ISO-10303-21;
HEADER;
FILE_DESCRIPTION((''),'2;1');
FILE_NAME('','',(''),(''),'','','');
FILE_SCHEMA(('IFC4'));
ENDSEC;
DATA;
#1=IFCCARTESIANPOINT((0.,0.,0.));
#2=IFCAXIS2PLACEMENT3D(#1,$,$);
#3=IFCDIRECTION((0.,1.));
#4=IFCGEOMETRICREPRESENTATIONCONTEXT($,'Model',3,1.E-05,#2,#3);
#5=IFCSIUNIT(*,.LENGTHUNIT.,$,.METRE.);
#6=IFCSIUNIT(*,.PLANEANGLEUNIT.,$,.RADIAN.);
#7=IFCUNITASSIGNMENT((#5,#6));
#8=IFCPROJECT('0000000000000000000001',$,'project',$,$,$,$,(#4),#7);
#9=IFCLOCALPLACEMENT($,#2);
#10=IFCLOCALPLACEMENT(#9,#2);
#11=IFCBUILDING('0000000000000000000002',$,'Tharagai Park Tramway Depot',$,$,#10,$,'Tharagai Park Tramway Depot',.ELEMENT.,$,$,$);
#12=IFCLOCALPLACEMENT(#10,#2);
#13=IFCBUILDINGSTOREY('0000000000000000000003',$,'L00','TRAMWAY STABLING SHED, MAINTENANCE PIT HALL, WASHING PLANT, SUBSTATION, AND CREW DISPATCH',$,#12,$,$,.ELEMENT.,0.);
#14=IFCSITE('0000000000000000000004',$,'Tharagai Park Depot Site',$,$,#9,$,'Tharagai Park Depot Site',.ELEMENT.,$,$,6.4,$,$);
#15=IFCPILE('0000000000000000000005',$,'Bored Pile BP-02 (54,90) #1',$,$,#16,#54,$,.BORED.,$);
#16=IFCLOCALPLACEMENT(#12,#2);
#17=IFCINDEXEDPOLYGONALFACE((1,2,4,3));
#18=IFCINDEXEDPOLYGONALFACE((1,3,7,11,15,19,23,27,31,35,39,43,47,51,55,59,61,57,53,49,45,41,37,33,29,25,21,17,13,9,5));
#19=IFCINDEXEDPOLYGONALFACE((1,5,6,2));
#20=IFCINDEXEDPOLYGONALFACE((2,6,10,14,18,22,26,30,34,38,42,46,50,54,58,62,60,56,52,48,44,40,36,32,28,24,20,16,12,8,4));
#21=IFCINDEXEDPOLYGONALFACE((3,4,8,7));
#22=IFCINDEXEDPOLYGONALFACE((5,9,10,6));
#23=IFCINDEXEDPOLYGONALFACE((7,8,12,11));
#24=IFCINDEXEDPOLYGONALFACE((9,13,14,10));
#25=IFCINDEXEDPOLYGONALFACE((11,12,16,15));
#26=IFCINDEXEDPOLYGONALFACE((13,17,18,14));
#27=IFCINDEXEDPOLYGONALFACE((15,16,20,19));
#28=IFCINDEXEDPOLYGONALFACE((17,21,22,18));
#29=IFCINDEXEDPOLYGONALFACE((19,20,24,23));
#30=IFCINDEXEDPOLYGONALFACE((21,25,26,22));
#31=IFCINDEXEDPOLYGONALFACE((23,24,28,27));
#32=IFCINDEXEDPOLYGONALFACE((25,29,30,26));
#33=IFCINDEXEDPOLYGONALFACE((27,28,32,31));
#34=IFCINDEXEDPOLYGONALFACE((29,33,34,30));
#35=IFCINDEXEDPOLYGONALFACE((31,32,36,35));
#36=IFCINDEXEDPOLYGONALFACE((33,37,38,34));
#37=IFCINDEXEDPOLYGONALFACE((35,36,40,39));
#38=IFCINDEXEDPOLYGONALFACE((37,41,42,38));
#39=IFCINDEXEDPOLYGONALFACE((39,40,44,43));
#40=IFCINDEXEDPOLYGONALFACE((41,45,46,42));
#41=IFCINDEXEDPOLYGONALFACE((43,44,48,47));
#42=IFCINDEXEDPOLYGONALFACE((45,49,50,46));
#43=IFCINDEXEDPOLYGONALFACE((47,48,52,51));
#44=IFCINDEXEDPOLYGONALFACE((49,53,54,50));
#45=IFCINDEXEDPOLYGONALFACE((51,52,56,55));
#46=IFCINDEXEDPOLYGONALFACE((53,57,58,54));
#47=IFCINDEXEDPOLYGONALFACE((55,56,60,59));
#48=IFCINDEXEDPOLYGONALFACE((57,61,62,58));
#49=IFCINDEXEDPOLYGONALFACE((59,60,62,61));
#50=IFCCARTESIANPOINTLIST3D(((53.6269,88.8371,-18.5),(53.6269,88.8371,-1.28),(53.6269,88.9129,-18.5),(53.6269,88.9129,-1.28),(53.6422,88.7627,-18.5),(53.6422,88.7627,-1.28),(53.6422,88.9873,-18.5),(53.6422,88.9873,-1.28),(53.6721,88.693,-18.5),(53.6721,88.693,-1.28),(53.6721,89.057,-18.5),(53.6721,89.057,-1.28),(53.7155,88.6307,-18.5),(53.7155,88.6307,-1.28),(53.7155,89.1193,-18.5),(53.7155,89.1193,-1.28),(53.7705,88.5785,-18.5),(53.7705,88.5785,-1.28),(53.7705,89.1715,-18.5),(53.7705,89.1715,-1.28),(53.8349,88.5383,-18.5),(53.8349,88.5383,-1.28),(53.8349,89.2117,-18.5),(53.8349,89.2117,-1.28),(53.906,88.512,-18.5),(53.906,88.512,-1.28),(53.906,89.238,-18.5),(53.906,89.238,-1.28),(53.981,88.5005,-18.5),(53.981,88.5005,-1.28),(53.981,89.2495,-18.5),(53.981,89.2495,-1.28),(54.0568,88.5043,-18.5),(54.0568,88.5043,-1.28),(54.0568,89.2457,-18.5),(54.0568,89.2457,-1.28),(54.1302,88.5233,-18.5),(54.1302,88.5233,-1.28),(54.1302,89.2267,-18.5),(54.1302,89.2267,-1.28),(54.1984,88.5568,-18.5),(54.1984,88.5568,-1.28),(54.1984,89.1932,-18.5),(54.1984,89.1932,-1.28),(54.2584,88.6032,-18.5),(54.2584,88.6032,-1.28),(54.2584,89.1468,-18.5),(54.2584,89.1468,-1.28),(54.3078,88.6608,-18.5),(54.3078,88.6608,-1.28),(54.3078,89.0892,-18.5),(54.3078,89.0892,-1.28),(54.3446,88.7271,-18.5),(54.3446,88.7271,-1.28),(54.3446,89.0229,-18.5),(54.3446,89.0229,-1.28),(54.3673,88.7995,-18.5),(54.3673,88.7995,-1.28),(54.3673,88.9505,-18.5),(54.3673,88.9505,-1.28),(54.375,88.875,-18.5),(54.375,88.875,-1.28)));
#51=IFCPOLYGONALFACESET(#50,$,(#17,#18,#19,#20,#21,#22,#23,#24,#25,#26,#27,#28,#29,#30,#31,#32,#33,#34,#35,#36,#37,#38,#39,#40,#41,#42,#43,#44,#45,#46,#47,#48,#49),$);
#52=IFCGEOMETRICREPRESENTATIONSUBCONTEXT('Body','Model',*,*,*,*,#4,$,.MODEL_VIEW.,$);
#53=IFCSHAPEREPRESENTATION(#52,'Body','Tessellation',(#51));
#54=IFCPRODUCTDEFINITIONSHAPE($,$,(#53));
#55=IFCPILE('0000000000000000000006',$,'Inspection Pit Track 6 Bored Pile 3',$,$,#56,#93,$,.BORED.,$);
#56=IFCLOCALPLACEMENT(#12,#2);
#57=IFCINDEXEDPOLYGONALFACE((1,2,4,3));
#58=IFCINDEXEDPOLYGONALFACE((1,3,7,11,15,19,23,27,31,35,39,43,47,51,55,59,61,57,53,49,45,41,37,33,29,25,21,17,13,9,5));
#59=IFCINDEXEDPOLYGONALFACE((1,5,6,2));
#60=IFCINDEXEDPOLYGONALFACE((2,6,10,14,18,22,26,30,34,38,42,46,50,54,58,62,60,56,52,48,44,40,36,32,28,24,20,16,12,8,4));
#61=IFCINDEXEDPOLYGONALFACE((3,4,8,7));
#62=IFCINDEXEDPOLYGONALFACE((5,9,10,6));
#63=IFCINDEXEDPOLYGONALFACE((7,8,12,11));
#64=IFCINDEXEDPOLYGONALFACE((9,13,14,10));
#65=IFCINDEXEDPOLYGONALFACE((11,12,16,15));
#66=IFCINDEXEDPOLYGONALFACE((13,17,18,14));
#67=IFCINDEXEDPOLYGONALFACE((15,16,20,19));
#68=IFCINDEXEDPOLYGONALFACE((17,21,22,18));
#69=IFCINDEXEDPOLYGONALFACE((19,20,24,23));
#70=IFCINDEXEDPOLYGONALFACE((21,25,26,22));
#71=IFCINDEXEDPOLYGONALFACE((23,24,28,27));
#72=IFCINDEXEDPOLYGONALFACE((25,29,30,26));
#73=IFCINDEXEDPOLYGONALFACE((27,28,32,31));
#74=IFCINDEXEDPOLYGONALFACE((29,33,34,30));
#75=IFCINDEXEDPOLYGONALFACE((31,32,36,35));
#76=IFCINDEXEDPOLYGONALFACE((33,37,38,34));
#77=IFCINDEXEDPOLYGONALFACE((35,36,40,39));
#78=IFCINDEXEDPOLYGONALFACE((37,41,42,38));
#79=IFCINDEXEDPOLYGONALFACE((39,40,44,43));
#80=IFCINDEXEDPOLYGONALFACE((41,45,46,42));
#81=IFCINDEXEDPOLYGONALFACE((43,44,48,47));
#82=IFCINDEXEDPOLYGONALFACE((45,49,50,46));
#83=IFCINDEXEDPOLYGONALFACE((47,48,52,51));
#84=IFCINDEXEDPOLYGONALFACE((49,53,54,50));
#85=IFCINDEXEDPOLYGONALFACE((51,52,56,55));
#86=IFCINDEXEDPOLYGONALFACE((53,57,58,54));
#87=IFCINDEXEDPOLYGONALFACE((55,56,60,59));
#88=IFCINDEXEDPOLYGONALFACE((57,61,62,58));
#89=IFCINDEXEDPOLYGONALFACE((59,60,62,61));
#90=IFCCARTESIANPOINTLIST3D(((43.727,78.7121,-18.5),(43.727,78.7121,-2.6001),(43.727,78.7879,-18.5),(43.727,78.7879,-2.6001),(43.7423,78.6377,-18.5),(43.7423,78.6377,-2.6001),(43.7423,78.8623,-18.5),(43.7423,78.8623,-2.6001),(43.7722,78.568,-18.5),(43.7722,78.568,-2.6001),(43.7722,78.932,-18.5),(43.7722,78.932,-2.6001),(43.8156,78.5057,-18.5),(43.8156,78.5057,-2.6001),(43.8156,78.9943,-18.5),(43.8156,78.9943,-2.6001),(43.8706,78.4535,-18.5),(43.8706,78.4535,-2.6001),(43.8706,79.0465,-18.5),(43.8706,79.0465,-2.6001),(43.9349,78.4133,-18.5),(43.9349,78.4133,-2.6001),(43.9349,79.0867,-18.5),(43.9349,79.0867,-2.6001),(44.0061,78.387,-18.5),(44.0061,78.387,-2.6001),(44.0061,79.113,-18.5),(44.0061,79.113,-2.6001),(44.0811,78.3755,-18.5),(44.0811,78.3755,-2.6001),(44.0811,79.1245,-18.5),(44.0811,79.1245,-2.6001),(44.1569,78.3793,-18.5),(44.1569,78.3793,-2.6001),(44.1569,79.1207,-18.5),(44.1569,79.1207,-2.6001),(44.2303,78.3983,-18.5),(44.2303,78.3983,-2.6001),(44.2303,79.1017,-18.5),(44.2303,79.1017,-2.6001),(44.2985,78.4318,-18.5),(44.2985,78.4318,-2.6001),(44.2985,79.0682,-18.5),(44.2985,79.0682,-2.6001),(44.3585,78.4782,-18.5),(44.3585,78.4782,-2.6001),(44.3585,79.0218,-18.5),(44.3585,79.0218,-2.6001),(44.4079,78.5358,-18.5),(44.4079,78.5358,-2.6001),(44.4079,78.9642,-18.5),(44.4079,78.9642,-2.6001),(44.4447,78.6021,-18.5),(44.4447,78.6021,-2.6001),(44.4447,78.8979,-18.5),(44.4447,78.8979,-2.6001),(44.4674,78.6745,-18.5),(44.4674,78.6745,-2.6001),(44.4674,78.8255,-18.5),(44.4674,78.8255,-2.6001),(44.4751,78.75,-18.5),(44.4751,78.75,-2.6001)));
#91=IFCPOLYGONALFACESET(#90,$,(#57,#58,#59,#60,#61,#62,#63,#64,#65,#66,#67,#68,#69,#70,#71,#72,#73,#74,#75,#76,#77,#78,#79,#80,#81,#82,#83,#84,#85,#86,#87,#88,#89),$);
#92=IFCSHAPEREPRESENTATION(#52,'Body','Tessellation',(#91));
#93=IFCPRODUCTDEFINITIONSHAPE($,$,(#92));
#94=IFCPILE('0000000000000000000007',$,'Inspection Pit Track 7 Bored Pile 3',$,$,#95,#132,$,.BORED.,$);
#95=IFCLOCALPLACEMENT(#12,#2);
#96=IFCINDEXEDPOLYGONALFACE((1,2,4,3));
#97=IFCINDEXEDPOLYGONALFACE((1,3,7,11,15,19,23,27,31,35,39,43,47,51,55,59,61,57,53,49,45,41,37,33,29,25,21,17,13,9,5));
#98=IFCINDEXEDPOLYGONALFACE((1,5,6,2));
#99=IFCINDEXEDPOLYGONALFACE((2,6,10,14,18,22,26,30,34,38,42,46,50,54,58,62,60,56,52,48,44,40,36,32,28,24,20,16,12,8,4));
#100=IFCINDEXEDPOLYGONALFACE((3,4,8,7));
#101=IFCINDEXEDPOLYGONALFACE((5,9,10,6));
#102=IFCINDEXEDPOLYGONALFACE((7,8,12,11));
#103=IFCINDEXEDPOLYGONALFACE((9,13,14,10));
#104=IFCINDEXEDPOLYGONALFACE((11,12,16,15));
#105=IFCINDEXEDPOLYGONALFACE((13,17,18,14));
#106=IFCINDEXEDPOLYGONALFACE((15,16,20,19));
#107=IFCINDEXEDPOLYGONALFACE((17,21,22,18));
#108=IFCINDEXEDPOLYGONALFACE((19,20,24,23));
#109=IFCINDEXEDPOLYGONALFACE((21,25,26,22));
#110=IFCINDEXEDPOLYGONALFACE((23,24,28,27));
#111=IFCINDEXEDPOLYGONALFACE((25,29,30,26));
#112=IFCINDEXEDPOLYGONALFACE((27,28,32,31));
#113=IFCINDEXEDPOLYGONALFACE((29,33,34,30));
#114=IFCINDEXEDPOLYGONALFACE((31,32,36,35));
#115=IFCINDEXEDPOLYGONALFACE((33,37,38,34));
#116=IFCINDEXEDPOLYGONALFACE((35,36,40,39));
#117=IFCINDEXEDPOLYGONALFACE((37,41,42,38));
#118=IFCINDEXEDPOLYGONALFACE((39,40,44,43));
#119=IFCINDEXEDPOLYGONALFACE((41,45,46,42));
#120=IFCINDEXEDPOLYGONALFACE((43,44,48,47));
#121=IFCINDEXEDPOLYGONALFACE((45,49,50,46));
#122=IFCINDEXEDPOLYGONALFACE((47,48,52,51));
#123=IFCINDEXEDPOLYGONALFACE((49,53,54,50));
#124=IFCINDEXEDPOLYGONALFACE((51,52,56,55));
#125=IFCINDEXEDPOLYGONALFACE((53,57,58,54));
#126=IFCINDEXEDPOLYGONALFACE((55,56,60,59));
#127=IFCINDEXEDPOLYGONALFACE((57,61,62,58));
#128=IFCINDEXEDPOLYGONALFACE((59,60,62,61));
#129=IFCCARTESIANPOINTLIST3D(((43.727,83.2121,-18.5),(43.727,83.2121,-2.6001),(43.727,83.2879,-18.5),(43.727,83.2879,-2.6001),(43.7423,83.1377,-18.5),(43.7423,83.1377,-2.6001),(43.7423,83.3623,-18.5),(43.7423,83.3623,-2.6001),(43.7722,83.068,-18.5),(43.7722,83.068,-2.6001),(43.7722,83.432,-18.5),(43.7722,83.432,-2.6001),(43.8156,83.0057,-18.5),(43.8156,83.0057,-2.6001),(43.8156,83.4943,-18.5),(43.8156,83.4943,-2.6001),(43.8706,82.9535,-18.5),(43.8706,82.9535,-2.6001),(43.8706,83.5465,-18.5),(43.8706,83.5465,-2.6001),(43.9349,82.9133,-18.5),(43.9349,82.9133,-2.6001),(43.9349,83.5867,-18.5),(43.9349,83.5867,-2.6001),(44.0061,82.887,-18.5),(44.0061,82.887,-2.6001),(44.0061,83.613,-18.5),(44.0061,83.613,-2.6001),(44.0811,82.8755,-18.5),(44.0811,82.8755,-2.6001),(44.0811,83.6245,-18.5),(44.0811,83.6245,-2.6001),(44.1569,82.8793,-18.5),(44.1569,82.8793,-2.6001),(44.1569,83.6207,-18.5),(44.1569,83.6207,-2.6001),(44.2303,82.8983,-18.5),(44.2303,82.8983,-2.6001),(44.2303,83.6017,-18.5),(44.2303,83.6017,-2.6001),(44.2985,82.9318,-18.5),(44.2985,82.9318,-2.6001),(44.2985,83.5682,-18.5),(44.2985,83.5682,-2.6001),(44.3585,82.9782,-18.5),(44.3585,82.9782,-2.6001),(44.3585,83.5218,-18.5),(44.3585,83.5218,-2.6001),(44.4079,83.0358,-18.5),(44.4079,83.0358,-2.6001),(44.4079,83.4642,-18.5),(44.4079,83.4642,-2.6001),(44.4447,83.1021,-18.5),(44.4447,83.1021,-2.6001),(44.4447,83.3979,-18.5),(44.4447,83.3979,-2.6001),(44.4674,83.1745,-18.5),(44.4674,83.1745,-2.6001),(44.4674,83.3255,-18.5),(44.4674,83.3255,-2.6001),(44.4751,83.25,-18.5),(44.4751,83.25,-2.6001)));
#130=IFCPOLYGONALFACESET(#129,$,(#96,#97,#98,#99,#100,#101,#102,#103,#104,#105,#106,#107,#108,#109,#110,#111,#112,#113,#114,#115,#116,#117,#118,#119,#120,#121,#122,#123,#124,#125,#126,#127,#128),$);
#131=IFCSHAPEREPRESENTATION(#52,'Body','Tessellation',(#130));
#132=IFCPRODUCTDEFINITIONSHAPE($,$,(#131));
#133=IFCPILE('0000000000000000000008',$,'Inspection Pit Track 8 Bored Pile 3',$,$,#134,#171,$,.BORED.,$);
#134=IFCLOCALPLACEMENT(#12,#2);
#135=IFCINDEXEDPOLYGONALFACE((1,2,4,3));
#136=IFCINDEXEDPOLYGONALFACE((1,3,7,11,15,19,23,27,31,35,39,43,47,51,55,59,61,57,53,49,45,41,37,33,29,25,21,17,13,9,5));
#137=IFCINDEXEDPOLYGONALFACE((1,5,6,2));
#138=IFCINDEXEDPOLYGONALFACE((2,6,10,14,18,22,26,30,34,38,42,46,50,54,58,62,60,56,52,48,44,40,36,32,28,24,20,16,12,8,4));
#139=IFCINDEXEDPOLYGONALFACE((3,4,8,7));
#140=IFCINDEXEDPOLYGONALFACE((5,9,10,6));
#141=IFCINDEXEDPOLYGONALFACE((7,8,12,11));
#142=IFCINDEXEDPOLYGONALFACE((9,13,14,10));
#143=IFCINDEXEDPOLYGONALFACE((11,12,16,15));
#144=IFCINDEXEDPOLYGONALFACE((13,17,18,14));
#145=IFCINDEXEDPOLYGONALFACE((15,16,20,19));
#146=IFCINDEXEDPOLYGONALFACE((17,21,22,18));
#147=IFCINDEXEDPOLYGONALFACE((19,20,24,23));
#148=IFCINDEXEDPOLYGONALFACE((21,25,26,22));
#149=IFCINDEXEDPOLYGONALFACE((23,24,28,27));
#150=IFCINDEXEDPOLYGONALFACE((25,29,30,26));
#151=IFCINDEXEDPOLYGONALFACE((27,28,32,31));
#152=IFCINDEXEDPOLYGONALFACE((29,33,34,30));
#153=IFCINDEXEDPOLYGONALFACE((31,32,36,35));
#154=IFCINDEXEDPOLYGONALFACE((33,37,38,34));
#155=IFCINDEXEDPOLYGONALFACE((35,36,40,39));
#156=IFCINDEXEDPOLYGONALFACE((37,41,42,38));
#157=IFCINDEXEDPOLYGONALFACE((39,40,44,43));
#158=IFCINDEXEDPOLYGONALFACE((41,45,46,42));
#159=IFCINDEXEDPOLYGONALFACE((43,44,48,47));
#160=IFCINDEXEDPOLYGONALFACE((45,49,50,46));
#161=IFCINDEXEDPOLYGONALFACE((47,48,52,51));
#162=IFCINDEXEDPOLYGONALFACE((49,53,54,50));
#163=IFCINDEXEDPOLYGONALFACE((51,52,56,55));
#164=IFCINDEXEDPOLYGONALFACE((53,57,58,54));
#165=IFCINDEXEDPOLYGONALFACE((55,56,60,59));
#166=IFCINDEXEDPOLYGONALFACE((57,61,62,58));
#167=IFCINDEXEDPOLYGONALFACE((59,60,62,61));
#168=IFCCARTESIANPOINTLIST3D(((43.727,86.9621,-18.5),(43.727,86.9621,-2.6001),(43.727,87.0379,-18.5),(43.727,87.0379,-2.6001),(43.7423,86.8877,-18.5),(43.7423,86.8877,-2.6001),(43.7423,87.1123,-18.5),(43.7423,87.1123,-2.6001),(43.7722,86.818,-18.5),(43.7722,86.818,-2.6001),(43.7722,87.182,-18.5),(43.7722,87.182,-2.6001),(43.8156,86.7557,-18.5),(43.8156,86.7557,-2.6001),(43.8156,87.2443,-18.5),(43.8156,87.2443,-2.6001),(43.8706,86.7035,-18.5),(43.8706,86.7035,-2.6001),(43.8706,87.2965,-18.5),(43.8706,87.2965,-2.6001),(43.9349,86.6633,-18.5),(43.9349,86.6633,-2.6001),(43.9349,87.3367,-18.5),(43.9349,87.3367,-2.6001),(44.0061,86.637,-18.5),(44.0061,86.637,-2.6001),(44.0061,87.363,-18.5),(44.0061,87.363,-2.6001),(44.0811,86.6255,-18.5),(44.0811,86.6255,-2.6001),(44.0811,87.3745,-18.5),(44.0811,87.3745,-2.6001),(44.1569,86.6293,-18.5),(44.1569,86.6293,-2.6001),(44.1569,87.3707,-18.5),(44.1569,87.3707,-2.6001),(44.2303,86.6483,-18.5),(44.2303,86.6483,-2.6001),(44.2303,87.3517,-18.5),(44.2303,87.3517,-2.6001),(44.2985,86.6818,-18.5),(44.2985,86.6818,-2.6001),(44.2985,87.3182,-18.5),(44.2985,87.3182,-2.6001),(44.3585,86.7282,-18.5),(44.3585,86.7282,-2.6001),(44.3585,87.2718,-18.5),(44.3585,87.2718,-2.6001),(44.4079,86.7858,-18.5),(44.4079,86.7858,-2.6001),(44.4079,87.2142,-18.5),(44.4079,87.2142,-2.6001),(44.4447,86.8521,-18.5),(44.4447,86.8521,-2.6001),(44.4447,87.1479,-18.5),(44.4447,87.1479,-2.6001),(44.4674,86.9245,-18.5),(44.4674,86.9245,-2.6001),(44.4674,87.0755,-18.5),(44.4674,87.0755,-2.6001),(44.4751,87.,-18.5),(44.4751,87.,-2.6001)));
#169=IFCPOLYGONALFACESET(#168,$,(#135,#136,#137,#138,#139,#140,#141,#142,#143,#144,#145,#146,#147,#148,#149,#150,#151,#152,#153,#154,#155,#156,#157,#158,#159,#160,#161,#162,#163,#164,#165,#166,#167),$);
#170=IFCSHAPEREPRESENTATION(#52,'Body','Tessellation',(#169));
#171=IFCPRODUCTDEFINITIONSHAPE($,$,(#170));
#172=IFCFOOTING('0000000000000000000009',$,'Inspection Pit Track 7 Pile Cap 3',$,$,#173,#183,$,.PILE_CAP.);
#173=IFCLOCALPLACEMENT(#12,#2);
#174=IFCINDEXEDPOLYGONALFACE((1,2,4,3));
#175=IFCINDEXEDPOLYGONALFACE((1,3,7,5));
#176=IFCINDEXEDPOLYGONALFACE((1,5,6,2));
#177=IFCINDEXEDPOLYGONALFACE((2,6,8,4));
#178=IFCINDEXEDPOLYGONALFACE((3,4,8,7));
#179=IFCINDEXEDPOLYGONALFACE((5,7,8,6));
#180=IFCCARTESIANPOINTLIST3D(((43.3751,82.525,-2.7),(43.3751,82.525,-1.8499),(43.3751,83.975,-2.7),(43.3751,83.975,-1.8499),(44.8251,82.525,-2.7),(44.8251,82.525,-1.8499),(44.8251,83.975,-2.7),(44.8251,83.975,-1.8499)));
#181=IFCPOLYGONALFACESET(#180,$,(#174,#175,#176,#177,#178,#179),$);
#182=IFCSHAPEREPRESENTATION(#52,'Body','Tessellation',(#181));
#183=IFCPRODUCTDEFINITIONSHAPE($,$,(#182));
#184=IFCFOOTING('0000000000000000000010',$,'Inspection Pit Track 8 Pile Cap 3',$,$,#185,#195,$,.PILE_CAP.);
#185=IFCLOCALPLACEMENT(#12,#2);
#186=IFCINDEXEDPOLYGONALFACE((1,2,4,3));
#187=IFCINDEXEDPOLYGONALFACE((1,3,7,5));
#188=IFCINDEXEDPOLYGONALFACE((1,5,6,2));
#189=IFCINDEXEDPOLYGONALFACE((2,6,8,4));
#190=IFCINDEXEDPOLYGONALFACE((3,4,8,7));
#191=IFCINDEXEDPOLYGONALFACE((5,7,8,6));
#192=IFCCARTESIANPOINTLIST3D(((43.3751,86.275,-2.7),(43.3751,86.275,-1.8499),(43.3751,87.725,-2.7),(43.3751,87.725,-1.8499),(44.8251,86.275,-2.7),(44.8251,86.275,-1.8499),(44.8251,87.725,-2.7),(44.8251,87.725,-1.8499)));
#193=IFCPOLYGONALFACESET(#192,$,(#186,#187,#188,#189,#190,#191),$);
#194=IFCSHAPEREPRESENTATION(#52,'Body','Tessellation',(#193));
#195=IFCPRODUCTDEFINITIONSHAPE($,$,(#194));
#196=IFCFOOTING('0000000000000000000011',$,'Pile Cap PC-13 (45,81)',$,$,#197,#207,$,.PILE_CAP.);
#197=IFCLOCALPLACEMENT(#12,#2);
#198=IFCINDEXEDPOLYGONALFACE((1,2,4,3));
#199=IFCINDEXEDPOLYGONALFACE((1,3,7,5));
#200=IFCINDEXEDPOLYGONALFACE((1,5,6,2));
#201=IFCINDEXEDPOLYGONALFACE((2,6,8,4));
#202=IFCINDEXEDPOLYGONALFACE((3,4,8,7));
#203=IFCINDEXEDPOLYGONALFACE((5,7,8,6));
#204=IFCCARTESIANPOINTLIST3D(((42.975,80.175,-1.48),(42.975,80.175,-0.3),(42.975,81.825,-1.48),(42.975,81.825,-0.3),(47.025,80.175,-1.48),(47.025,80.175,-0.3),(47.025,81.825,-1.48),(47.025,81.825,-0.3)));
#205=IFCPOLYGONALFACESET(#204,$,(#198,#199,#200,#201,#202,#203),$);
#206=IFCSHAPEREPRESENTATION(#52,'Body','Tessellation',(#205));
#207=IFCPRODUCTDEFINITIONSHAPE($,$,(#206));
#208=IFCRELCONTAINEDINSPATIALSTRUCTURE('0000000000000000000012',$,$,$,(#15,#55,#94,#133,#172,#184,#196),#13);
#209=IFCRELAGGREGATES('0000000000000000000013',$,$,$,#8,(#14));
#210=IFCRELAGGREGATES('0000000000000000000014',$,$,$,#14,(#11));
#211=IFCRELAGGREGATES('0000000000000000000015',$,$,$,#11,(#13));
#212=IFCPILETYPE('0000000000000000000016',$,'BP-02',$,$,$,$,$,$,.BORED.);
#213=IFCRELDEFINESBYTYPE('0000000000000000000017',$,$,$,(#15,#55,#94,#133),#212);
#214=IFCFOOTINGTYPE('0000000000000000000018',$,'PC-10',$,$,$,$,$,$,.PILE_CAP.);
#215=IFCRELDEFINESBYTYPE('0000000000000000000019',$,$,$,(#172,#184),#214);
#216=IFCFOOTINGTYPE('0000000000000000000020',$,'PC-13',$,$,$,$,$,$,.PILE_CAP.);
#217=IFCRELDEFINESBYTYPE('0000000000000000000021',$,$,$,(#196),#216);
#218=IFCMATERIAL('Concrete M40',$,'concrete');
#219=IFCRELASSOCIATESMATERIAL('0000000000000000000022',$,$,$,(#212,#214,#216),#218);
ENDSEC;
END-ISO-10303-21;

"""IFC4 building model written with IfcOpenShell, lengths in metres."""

from ifc_helpers import new_model, si_unit, direction, frame, origin, origin_2d, place, context, subcontext, project, spatial, rectangle, circle, extrude, material, material_profile, profile_set, type_object, element, save


model = new_model("IFC4")

# Units and contexts
model_context = context("Model", 3, precision=1e-05, world=origin(), true_north=direction((0.0, 1.0)))
body_context = subcontext(model_context, "Body", "Model", "MODEL_VIEW")
ifc_project = project(units=[si_unit("LENGTHUNIT", "METRE"), si_unit("PLANEANGLEUNIT", "RADIAN")], contexts=[model_context])

# Site, building, storey
site_placement = place(None, origin())
site = spatial("IfcSite", under=ifc_project, at=site_placement, Name="Tharagai Park Depot Site", LongName="Tharagai Park Depot Site", CompositionType="ELEMENT", RefElevation=6.4)
building_placement = place(site_placement, origin())
building = spatial("IfcBuilding", under=site, at=building_placement, Name="Tharagai Park Tramway Depot", LongName="Tharagai Park Tramway Depot", CompositionType="ELEMENT")
storey_placement = place(building_placement, origin())
storey = spatial("IfcBuildingStorey", under=building, at=storey_placement, Name="L00", Description="TRAMWAY STABLING SHED, MAINTENANCE PIT HALL, WASHING PLANT, SUBSTATION, AND CREW DISPATCH", CompositionType="ELEMENT", Elevation=0.0)

# Piles
ifc_material_1 = material(Name="Concrete M40", Category="concrete")
ifc_material_profile_1 = material_profile(ifc_material_1, circle(Radius=0.375, at=origin_2d()), Name="PILE D750")
ifc_profile_set_1 = profile_set([ifc_material_profile_1], Name="Concrete M40")
pile_type_1 = type_object("IfcPileType", Name="BP-02", PredefinedType="BORED", material=ifc_profile_set_1)
pile_1_placement = place(storey_placement, frame((54.0, 88.875, -1.28), z_axis=(0.0, 0.0, -1.0), x_axis=(1.0, 0.0, 0.0)))
element("IfcPile", 1, at=pile_1_placement, inside=storey, type_object=pile_type_1, Name="Bored Pile BP-02 (54,90) #1", PredefinedType="BORED", context=body_context, shape_type="SweptSolid", body=[
    extrude(circle(Radius=0.375, at=origin_2d()), origin(), (0.0, 0.0, 1.0), 17.22),
])
for number, where, z_axis, x_axis, name in (
    (2, (44.1001, 78.75, -2.6001), (0.0, 0.0, -1.0), (1.0, 0.0, 0.0), "Inspection Pit Track 6 Bored Pile 3"),
    (3, (44.1001, 83.25, -2.6001), (0.0, 0.0, -1.0), (1.0, 0.0, 0.0), "Inspection Pit Track 7 Bored Pile 3"),
    (4, (44.1001, 87.0, -2.6001), (0.0, 0.0, -1.0), (1.0, 0.0, 0.0), "Inspection Pit Track 8 Bored Pile 3"),
):
    element("IfcPile", number, at=place(storey_placement, frame(where, z_axis=z_axis, x_axis=x_axis)), inside=storey, type_object=pile_type_1, Name=name, PredefinedType="BORED", context=body_context, shape_type="SweptSolid", body=[
        extrude(circle(Radius=0.375, at=origin_2d()), origin(), (0.0, 0.0, 1.0), 15.8999),
    ])

# Footings
footing_type_1 = type_object("IfcFootingType", Name="PC-10", PredefinedType="PILE_CAP", material=ifc_material_1)
for number, where, z_axis, x_axis, name in (
    (5, (44.1001, 83.25, -2.7), (0.0, 0.0, 1.0), (1.0, 0.0, 0.0), "Inspection Pit Track 7 Pile Cap 3"),
    (6, (44.1001, 87.0, -2.7), (0.0, 0.0, 1.0), (1.0, 0.0, 0.0), "Inspection Pit Track 8 Pile Cap 3"),
):
    element("IfcFooting", number, at=place(storey_placement, frame(where, z_axis=z_axis, x_axis=x_axis)), inside=storey, type_object=footing_type_1, Name=name, PredefinedType="PILE_CAP", context=body_context, shape_type="SweptSolid", body=[
        extrude(rectangle(XDim=1.45, YDim=1.45, at=origin_2d()), origin(), (0.0, 0.0, 1.0), 0.8501),
    ])
footing_type_2 = type_object("IfcFootingType", Name="PC-13", PredefinedType="PILE_CAP", material=ifc_material_1)
footing_1_placement = place(storey_placement, frame((45.0, 81.0, -1.48), z_axis=(0.0, 0.0, 1.0), x_axis=(1.0, 0.0, 0.0)))
element("IfcFooting", 7, at=footing_1_placement, inside=storey, type_object=footing_type_2, Name="Pile Cap PC-13 (45,81)", PredefinedType="PILE_CAP", context=body_context, shape_type="SweptSolid", body=[
    extrude(rectangle(XDim=4.05, YDim=1.6499, at=origin_2d()), origin(), (0.0, 0.0, 1.0), 1.1799),
])

save(model, "model.ifc")
